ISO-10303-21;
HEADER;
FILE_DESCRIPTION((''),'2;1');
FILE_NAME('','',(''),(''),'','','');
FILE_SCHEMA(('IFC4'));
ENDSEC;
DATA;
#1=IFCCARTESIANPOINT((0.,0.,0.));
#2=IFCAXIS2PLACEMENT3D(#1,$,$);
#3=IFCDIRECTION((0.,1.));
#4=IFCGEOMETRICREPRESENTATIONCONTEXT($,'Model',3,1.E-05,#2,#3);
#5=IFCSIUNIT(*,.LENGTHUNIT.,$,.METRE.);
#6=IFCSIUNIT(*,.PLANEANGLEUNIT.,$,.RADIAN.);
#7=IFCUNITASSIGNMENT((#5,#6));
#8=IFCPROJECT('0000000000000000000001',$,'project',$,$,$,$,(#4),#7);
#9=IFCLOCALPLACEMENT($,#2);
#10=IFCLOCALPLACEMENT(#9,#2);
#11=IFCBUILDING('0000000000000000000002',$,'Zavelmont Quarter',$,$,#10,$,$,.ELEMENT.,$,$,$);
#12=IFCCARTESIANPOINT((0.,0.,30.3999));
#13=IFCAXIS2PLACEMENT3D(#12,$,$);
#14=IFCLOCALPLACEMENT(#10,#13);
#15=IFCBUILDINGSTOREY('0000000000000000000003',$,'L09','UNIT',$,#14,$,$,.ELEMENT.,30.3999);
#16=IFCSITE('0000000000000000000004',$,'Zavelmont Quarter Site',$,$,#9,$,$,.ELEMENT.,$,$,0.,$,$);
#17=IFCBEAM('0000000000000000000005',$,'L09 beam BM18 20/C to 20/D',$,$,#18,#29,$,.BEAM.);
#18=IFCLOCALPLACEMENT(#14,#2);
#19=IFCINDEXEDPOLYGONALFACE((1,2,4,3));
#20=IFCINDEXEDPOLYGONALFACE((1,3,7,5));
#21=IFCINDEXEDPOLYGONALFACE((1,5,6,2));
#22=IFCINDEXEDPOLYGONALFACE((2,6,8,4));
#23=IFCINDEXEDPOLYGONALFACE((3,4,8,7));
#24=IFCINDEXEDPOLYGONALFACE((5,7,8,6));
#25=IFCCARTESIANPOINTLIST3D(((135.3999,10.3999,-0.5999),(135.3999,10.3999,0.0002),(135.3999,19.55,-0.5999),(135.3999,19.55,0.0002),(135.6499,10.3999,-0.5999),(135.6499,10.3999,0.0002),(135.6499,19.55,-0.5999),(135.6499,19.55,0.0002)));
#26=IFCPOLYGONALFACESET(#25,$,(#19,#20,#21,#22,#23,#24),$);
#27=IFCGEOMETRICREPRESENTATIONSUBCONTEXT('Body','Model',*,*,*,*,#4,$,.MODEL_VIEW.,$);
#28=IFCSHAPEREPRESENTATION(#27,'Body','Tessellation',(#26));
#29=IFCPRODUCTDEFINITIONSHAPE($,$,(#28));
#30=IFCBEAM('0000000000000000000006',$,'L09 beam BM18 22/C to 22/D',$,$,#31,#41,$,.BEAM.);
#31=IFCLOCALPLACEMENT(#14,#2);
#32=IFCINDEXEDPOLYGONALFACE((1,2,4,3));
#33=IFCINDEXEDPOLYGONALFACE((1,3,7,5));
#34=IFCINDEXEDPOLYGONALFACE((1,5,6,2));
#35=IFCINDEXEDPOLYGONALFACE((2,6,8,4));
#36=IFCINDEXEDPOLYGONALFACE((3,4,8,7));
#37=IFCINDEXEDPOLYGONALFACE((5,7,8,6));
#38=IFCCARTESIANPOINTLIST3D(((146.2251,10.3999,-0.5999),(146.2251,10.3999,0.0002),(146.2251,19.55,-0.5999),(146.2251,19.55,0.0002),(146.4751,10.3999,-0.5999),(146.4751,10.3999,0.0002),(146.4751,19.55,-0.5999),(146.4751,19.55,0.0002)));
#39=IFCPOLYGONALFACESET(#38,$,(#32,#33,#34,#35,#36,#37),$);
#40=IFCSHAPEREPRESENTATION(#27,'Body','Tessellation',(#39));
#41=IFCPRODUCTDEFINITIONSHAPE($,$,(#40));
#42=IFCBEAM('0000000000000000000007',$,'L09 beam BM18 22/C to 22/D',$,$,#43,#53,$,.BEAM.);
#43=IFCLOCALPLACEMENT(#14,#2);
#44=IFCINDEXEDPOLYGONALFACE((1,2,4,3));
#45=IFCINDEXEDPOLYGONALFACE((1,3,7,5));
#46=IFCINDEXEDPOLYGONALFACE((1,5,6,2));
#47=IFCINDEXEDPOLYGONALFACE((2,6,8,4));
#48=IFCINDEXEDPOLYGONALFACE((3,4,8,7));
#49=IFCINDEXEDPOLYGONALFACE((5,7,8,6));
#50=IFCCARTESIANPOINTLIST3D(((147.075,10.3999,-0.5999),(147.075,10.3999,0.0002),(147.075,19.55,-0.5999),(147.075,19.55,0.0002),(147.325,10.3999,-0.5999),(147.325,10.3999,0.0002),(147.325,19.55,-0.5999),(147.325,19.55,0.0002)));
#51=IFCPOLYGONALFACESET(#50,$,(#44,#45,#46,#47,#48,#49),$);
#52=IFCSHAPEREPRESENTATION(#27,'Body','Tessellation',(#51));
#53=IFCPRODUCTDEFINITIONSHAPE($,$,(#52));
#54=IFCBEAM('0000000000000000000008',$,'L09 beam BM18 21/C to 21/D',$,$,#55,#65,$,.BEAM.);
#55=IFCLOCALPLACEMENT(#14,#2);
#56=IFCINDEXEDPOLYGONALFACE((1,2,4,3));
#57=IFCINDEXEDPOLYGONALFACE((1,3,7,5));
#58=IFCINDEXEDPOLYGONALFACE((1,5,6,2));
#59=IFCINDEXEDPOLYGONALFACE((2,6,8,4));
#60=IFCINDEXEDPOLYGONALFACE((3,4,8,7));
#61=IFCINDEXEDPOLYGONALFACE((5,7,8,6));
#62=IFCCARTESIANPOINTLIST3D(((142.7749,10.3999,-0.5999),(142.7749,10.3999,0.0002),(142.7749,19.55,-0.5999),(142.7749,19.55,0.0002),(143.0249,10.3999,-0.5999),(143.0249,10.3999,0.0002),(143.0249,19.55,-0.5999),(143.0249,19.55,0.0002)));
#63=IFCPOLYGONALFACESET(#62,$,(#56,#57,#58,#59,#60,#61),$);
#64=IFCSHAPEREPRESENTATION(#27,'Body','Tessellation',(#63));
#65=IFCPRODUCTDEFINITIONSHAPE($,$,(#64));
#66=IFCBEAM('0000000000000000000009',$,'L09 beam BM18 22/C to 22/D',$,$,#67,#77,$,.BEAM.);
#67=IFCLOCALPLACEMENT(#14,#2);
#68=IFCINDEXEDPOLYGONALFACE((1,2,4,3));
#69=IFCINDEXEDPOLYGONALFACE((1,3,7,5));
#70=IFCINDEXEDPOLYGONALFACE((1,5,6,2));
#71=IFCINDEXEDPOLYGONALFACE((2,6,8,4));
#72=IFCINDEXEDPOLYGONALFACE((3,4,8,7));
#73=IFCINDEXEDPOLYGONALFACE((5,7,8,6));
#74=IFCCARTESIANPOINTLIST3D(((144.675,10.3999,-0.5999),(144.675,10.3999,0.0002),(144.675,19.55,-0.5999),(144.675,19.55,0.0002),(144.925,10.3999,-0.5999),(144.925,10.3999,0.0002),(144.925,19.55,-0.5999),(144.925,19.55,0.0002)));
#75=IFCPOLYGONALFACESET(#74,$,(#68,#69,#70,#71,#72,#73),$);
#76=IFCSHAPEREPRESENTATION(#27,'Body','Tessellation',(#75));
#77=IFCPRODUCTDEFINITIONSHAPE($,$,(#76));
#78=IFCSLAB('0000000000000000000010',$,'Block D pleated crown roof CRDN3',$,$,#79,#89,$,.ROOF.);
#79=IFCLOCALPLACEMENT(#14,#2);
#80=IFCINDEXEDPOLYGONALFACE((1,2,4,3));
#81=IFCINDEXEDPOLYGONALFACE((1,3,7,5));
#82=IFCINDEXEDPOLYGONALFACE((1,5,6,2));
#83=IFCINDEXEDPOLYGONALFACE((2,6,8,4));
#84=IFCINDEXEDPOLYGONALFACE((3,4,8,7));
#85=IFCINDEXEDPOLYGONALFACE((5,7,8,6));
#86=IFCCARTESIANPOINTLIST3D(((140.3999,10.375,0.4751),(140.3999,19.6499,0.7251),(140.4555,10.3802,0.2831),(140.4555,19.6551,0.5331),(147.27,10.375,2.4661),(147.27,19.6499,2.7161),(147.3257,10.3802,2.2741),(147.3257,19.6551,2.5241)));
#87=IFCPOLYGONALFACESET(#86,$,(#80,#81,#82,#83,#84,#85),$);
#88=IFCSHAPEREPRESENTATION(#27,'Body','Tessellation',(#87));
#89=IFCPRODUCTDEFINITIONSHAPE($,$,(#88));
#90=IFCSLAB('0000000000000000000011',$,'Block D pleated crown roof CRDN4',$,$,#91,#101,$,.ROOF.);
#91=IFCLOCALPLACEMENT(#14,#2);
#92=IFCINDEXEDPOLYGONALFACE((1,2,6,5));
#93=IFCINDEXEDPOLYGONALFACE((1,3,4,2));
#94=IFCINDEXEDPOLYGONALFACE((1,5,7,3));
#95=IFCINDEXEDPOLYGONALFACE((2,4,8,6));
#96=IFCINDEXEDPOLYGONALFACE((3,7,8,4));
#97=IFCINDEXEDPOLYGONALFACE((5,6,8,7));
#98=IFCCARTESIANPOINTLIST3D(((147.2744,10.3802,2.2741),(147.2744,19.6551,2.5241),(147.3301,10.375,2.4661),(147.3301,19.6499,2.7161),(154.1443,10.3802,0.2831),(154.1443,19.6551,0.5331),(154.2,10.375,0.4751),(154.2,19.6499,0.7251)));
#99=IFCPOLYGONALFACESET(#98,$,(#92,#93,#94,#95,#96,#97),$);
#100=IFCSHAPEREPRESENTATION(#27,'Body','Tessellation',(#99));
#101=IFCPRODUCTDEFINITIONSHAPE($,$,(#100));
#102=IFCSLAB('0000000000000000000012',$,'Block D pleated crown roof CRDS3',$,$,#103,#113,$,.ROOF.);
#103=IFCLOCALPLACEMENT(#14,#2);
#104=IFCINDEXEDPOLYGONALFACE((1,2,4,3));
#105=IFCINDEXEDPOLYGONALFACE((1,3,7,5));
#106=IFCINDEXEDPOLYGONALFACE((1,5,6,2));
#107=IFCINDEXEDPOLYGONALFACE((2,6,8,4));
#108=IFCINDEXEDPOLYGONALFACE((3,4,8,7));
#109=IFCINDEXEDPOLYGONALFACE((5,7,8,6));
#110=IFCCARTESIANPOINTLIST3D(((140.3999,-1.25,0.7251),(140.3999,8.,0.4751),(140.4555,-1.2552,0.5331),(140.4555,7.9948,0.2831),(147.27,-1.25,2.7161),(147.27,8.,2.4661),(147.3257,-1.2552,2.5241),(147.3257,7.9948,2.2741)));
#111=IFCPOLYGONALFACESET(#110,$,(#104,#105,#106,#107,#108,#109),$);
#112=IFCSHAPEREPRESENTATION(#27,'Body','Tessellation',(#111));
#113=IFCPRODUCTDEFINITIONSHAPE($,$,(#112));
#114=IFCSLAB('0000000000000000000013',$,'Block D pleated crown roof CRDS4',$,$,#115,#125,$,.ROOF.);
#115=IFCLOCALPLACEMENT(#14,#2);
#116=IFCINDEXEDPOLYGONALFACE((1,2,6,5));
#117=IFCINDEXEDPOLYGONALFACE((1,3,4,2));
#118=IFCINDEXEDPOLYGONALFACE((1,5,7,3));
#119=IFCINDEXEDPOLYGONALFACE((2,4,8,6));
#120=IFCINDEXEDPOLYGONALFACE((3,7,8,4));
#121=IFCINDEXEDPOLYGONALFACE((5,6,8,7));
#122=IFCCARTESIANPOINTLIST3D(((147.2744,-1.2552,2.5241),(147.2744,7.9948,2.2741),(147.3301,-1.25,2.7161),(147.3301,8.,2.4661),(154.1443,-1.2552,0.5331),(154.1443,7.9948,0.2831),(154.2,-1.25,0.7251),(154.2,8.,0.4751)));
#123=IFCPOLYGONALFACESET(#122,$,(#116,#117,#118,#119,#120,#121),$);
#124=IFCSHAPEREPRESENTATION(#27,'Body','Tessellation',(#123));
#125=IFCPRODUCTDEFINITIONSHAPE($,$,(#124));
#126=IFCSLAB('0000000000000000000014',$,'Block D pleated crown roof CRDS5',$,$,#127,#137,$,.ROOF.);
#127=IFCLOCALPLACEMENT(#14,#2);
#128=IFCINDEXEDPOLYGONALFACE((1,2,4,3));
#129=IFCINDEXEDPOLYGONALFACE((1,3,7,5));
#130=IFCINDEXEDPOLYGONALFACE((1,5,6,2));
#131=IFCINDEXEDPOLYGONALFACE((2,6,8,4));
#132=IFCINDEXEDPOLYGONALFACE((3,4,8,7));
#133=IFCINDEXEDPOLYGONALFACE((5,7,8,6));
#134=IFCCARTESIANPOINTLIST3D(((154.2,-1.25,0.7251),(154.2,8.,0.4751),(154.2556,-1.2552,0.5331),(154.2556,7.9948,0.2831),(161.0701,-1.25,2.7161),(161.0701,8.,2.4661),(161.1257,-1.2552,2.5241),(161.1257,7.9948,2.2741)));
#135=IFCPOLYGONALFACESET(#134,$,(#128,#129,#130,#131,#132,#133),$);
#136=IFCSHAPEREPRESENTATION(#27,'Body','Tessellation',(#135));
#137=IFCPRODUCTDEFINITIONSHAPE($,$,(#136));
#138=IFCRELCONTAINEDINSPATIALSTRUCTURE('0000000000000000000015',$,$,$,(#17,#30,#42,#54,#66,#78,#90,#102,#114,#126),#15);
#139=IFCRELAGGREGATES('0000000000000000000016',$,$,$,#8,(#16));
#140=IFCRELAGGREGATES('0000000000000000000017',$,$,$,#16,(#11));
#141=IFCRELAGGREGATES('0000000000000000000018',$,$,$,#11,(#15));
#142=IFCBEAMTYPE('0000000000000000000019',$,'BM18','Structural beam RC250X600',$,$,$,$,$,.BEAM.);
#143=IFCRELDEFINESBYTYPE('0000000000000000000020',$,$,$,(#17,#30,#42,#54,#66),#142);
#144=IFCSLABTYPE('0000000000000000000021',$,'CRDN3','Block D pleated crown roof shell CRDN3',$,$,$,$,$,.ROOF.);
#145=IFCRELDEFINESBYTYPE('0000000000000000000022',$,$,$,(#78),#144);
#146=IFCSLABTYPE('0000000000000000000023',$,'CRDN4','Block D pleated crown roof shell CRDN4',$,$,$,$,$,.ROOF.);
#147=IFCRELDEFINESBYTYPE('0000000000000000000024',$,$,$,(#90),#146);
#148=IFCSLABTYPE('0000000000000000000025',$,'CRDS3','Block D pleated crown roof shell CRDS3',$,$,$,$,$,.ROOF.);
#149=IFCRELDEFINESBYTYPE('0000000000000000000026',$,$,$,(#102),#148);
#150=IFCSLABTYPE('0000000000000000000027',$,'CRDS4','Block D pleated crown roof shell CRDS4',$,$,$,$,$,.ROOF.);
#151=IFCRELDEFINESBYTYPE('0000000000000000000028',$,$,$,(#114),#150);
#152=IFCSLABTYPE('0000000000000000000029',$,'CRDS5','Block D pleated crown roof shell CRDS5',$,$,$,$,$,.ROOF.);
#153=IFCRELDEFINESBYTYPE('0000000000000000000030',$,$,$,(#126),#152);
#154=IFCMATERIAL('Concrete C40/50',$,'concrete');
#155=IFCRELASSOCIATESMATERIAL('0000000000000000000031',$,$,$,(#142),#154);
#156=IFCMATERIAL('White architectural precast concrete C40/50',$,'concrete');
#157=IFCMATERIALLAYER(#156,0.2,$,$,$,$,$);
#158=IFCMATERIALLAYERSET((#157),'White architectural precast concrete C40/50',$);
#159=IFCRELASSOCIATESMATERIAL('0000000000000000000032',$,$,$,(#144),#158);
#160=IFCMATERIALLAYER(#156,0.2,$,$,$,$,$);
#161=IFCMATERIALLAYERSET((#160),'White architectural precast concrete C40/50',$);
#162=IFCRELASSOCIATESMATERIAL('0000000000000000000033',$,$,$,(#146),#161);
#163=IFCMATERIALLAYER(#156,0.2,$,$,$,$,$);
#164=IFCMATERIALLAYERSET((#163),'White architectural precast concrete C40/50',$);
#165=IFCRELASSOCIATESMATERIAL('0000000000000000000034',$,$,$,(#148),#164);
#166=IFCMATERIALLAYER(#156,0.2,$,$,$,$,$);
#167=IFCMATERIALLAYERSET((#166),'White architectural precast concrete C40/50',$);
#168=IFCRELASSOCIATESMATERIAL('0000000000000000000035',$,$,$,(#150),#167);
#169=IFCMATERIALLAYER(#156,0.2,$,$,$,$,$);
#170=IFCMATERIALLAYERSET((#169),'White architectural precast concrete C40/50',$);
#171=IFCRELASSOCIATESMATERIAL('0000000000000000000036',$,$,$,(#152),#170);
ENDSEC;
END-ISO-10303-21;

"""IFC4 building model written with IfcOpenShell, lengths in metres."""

from ifc_helpers import new_model, si_unit, direction, frame, origin, origin_2d, place, context, subcontext, project, spatial, polyline, rectangle, outline, extrude, material, layer, layer_set, material_profile, profile_set, type_object, element, save


model = new_model("IFC4")

# Units and contexts
model_context = context("Model", 3, precision=1e-05, world=origin(), true_north=direction((0.0, 1.0)))
body_context = subcontext(model_context, "Body", "Model", "MODEL_VIEW")
ifc_project = project(units=[si_unit("LENGTHUNIT", "METRE"), si_unit("PLANEANGLEUNIT", "RADIAN")], contexts=[model_context])

# Site, building, storey
site_placement = place(None, origin())
site = spatial("IfcSite", under=ifc_project, at=site_placement, Name="Zavelmont Quarter Site", CompositionType="ELEMENT", RefElevation=0.0)
building_placement = place(site_placement, origin())
building = spatial("IfcBuilding", under=site, at=building_placement, Name="Zavelmont Quarter", CompositionType="ELEMENT")
storey_placement = place(building_placement, frame((0.0, 0.0, 30.3999)))
storey = spatial("IfcBuildingStorey", under=building, at=storey_placement, Name="L09", Description="UNIT", CompositionType="ELEMENT", Elevation=30.3999)

# Beams
ifc_material_1 = material(Name="Concrete C40/50", Category="concrete")
ifc_material_profile_1 = material_profile(ifc_material_1, rectangle(XDim=0.25, YDim=0.6001, at=origin_2d()), Name="RC250X600")
ifc_profile_set_1 = profile_set([ifc_material_profile_1], Name="Concrete C40/50")
beam_type_1 = type_object("IfcBeamType", Name="BM18", Description="Structural beam RC250X600", PredefinedType="BEAM", material=ifc_profile_set_1)
for number, where, z_axis, x_axis, name in (
    (1, (135.5249, 10.3999, -0.2998), (0.0, 1.0, 0.0), (-1.0, 0.0, 0.0), "L09 beam BM18 20/C to 20/D"),
    (2, (146.3501, 10.3999, -0.2998), (0.0, 1.0, 0.0), (-1.0, 0.0, 0.0), "L09 beam BM18 22/C to 22/D"),
    (3, (147.2, 10.3999, -0.2998), (0.0, 1.0, 0.0), (-1.0, 0.0, 0.0), "L09 beam BM18 22/C to 22/D"),
    (4, (142.8999, 10.3999, -0.2998), (0.0, 1.0, 0.0), (-1.0, 0.0, 0.0), "L09 beam BM18 21/C to 21/D"),
    (5, (144.8, 10.3999, -0.2998), (0.0, 1.0, 0.0), (-1.0, 0.0, 0.0), "L09 beam BM18 22/C to 22/D"),
):
    element("IfcBeam", number, at=place(storey_placement, frame(where, z_axis=z_axis, x_axis=x_axis)), inside=storey, type_object=beam_type_1, Name=name, PredefinedType="BEAM", context=body_context, shape_type="SweptSolid", body=[
        extrude(rectangle(XDim=0.25, YDim=0.6001, at=origin_2d()), origin(), (0.0, 0.0, 1.0), 9.1501),
    ])

# Slabs
ifc_material_2 = material(Name="White architectural precast concrete C40/50", Category="concrete")
ifc_layer_1 = layer(ifc_material_2, 0.2)
ifc_layer_set_1 = layer_set([ifc_layer_1], Name="White architectural precast concrete C40/50")
slab_type_1 = type_object("IfcSlabType", Name="CRDN3", Description="Block D pleated crown roof shell CRDN3", PredefinedType="ROOF", material=ifc_layer_set_1)
slab_1_placement = place(storey_placement, frame((140.3999, 10.375, 0.4751), z_axis=(-0.278255, -0.025881, 0.960159), x_axis=(0.96048, 0.0, 0.278348)))
element("IfcSlab", 6, at=slab_1_placement, inside=storey, type_object=slab_type_1, Name="Block D pleated crown roof CRDN3", PredefinedType="ROOF", context=body_context, shape_type="SweptSolid", body=[
    extrude(outline(polyline([(0.0, 0.0), (7.1528, 0.0), (7.2224, 9.278), (0.0696, 9.278), (0.0, 0.0)])), origin(), (0.0, 0.0, -1.0), 0.2),
])
ifc_layer_2 = layer(ifc_material_2, 0.2)
ifc_layer_set_2 = layer_set([ifc_layer_2], Name="White architectural precast concrete C40/50")
slab_type_2 = type_object("IfcSlabType", Name="CRDN4", Description="Block D pleated crown roof shell CRDN4", PredefinedType="ROOF", material=ifc_layer_set_2)
slab_2_placement = place(storey_placement, frame((147.3301, 10.375, 2.4661), z_axis=(0.278264, -0.02588, 0.960156), x_axis=(0.960478, 0.0, -0.278357)))
element("IfcSlab", 7, at=slab_2_placement, inside=storey, type_object=slab_type_2, Name="Block D pleated crown roof CRDN4", PredefinedType="ROOF", context=body_context, shape_type="SweptSolid", body=[
    extrude(outline(polyline([(0.0, 0.0), (7.1526, 0.0), (7.083, 9.278), (-0.0696, 9.278), (0.0, 0.0)])), origin(), (0.0, 0.0, -1.0), 0.2),
])
ifc_layer_3 = layer(ifc_material_2, 0.2)
ifc_layer_set_3 = layer_set([ifc_layer_3], Name="White architectural precast concrete C40/50")
slab_type_3 = type_object("IfcSlabType", Name="CRDS3", Description="Block D pleated crown roof shell CRDS3", PredefinedType="ROOF", material=ifc_layer_set_3)
slab_3_placement = place(storey_placement, frame((140.3999, -1.25, 0.7251), z_axis=(-0.278254, 0.02595, 0.960157), x_axis=(0.96048, 0.0, 0.278348)))
element("IfcSlab", 8, at=slab_3_placement, inside=storey, type_object=slab_type_3, Name="Block D pleated crown roof CRDS3", PredefinedType="ROOF", context=body_context, shape_type="SweptSolid", body=[
    extrude(outline(polyline([(0.0, 0.0), (7.1528, 0.0), (7.0832, 9.2531), (-0.0696, 9.2531), (0.0, 0.0)])), origin(), (0.0, 0.0, -1.0), 0.2),
])
ifc_layer_4 = layer(ifc_material_2, 0.2)
ifc_layer_set_4 = layer_set([ifc_layer_4], Name="White architectural precast concrete C40/50")
slab_type_4 = type_object("IfcSlabType", Name="CRDS4", Description="Block D pleated crown roof shell CRDS4", PredefinedType="ROOF", material=ifc_layer_set_4)
slab_4_placement = place(storey_placement, frame((147.3301, -1.25, 2.7161), z_axis=(0.278264, 0.02595, 0.960154), x_axis=(0.960478, 0.0, -0.278357)))
element("IfcSlab", 9, at=slab_4_placement, inside=storey, type_object=slab_type_4, Name="Block D pleated crown roof CRDS4", PredefinedType="ROOF", context=body_context, shape_type="SweptSolid", body=[
    extrude(outline(polyline([(0.0, 0.0), (7.1526, 0.0), (7.2221, 9.2531), (0.0696, 9.2531), (0.0, 0.0)])), origin(), (0.0, 0.0, -1.0), 0.2),
])
ifc_layer_5 = layer(ifc_material_2, 0.2)
ifc_layer_set_5 = layer_set([ifc_layer_5], Name="White architectural precast concrete C40/50")
slab_type_5 = type_object("IfcSlabType", Name="CRDS5", Description="Block D pleated crown roof shell CRDS5", PredefinedType="ROOF", material=ifc_layer_set_5)
slab_5_placement = place(storey_placement, frame((154.2, -1.25, 0.7251), z_axis=(-0.278254, 0.02595, 0.960157), x_axis=(0.96048, 0.0, 0.278348)))
element("IfcSlab", 10, at=slab_5_placement, inside=storey, type_object=slab_type_5, Name="Block D pleated crown roof CRDS5", PredefinedType="ROOF", context=body_context, shape_type="SweptSolid", body=[
    extrude(outline(polyline([(0.0, 0.0), (7.1528, 0.0), (7.0832, 9.2531), (-0.0696, 9.2531), (0.0, 0.0)])), origin(), (0.0, 0.0, -1.0), 0.2),
])

save(model, "model.ifc")
